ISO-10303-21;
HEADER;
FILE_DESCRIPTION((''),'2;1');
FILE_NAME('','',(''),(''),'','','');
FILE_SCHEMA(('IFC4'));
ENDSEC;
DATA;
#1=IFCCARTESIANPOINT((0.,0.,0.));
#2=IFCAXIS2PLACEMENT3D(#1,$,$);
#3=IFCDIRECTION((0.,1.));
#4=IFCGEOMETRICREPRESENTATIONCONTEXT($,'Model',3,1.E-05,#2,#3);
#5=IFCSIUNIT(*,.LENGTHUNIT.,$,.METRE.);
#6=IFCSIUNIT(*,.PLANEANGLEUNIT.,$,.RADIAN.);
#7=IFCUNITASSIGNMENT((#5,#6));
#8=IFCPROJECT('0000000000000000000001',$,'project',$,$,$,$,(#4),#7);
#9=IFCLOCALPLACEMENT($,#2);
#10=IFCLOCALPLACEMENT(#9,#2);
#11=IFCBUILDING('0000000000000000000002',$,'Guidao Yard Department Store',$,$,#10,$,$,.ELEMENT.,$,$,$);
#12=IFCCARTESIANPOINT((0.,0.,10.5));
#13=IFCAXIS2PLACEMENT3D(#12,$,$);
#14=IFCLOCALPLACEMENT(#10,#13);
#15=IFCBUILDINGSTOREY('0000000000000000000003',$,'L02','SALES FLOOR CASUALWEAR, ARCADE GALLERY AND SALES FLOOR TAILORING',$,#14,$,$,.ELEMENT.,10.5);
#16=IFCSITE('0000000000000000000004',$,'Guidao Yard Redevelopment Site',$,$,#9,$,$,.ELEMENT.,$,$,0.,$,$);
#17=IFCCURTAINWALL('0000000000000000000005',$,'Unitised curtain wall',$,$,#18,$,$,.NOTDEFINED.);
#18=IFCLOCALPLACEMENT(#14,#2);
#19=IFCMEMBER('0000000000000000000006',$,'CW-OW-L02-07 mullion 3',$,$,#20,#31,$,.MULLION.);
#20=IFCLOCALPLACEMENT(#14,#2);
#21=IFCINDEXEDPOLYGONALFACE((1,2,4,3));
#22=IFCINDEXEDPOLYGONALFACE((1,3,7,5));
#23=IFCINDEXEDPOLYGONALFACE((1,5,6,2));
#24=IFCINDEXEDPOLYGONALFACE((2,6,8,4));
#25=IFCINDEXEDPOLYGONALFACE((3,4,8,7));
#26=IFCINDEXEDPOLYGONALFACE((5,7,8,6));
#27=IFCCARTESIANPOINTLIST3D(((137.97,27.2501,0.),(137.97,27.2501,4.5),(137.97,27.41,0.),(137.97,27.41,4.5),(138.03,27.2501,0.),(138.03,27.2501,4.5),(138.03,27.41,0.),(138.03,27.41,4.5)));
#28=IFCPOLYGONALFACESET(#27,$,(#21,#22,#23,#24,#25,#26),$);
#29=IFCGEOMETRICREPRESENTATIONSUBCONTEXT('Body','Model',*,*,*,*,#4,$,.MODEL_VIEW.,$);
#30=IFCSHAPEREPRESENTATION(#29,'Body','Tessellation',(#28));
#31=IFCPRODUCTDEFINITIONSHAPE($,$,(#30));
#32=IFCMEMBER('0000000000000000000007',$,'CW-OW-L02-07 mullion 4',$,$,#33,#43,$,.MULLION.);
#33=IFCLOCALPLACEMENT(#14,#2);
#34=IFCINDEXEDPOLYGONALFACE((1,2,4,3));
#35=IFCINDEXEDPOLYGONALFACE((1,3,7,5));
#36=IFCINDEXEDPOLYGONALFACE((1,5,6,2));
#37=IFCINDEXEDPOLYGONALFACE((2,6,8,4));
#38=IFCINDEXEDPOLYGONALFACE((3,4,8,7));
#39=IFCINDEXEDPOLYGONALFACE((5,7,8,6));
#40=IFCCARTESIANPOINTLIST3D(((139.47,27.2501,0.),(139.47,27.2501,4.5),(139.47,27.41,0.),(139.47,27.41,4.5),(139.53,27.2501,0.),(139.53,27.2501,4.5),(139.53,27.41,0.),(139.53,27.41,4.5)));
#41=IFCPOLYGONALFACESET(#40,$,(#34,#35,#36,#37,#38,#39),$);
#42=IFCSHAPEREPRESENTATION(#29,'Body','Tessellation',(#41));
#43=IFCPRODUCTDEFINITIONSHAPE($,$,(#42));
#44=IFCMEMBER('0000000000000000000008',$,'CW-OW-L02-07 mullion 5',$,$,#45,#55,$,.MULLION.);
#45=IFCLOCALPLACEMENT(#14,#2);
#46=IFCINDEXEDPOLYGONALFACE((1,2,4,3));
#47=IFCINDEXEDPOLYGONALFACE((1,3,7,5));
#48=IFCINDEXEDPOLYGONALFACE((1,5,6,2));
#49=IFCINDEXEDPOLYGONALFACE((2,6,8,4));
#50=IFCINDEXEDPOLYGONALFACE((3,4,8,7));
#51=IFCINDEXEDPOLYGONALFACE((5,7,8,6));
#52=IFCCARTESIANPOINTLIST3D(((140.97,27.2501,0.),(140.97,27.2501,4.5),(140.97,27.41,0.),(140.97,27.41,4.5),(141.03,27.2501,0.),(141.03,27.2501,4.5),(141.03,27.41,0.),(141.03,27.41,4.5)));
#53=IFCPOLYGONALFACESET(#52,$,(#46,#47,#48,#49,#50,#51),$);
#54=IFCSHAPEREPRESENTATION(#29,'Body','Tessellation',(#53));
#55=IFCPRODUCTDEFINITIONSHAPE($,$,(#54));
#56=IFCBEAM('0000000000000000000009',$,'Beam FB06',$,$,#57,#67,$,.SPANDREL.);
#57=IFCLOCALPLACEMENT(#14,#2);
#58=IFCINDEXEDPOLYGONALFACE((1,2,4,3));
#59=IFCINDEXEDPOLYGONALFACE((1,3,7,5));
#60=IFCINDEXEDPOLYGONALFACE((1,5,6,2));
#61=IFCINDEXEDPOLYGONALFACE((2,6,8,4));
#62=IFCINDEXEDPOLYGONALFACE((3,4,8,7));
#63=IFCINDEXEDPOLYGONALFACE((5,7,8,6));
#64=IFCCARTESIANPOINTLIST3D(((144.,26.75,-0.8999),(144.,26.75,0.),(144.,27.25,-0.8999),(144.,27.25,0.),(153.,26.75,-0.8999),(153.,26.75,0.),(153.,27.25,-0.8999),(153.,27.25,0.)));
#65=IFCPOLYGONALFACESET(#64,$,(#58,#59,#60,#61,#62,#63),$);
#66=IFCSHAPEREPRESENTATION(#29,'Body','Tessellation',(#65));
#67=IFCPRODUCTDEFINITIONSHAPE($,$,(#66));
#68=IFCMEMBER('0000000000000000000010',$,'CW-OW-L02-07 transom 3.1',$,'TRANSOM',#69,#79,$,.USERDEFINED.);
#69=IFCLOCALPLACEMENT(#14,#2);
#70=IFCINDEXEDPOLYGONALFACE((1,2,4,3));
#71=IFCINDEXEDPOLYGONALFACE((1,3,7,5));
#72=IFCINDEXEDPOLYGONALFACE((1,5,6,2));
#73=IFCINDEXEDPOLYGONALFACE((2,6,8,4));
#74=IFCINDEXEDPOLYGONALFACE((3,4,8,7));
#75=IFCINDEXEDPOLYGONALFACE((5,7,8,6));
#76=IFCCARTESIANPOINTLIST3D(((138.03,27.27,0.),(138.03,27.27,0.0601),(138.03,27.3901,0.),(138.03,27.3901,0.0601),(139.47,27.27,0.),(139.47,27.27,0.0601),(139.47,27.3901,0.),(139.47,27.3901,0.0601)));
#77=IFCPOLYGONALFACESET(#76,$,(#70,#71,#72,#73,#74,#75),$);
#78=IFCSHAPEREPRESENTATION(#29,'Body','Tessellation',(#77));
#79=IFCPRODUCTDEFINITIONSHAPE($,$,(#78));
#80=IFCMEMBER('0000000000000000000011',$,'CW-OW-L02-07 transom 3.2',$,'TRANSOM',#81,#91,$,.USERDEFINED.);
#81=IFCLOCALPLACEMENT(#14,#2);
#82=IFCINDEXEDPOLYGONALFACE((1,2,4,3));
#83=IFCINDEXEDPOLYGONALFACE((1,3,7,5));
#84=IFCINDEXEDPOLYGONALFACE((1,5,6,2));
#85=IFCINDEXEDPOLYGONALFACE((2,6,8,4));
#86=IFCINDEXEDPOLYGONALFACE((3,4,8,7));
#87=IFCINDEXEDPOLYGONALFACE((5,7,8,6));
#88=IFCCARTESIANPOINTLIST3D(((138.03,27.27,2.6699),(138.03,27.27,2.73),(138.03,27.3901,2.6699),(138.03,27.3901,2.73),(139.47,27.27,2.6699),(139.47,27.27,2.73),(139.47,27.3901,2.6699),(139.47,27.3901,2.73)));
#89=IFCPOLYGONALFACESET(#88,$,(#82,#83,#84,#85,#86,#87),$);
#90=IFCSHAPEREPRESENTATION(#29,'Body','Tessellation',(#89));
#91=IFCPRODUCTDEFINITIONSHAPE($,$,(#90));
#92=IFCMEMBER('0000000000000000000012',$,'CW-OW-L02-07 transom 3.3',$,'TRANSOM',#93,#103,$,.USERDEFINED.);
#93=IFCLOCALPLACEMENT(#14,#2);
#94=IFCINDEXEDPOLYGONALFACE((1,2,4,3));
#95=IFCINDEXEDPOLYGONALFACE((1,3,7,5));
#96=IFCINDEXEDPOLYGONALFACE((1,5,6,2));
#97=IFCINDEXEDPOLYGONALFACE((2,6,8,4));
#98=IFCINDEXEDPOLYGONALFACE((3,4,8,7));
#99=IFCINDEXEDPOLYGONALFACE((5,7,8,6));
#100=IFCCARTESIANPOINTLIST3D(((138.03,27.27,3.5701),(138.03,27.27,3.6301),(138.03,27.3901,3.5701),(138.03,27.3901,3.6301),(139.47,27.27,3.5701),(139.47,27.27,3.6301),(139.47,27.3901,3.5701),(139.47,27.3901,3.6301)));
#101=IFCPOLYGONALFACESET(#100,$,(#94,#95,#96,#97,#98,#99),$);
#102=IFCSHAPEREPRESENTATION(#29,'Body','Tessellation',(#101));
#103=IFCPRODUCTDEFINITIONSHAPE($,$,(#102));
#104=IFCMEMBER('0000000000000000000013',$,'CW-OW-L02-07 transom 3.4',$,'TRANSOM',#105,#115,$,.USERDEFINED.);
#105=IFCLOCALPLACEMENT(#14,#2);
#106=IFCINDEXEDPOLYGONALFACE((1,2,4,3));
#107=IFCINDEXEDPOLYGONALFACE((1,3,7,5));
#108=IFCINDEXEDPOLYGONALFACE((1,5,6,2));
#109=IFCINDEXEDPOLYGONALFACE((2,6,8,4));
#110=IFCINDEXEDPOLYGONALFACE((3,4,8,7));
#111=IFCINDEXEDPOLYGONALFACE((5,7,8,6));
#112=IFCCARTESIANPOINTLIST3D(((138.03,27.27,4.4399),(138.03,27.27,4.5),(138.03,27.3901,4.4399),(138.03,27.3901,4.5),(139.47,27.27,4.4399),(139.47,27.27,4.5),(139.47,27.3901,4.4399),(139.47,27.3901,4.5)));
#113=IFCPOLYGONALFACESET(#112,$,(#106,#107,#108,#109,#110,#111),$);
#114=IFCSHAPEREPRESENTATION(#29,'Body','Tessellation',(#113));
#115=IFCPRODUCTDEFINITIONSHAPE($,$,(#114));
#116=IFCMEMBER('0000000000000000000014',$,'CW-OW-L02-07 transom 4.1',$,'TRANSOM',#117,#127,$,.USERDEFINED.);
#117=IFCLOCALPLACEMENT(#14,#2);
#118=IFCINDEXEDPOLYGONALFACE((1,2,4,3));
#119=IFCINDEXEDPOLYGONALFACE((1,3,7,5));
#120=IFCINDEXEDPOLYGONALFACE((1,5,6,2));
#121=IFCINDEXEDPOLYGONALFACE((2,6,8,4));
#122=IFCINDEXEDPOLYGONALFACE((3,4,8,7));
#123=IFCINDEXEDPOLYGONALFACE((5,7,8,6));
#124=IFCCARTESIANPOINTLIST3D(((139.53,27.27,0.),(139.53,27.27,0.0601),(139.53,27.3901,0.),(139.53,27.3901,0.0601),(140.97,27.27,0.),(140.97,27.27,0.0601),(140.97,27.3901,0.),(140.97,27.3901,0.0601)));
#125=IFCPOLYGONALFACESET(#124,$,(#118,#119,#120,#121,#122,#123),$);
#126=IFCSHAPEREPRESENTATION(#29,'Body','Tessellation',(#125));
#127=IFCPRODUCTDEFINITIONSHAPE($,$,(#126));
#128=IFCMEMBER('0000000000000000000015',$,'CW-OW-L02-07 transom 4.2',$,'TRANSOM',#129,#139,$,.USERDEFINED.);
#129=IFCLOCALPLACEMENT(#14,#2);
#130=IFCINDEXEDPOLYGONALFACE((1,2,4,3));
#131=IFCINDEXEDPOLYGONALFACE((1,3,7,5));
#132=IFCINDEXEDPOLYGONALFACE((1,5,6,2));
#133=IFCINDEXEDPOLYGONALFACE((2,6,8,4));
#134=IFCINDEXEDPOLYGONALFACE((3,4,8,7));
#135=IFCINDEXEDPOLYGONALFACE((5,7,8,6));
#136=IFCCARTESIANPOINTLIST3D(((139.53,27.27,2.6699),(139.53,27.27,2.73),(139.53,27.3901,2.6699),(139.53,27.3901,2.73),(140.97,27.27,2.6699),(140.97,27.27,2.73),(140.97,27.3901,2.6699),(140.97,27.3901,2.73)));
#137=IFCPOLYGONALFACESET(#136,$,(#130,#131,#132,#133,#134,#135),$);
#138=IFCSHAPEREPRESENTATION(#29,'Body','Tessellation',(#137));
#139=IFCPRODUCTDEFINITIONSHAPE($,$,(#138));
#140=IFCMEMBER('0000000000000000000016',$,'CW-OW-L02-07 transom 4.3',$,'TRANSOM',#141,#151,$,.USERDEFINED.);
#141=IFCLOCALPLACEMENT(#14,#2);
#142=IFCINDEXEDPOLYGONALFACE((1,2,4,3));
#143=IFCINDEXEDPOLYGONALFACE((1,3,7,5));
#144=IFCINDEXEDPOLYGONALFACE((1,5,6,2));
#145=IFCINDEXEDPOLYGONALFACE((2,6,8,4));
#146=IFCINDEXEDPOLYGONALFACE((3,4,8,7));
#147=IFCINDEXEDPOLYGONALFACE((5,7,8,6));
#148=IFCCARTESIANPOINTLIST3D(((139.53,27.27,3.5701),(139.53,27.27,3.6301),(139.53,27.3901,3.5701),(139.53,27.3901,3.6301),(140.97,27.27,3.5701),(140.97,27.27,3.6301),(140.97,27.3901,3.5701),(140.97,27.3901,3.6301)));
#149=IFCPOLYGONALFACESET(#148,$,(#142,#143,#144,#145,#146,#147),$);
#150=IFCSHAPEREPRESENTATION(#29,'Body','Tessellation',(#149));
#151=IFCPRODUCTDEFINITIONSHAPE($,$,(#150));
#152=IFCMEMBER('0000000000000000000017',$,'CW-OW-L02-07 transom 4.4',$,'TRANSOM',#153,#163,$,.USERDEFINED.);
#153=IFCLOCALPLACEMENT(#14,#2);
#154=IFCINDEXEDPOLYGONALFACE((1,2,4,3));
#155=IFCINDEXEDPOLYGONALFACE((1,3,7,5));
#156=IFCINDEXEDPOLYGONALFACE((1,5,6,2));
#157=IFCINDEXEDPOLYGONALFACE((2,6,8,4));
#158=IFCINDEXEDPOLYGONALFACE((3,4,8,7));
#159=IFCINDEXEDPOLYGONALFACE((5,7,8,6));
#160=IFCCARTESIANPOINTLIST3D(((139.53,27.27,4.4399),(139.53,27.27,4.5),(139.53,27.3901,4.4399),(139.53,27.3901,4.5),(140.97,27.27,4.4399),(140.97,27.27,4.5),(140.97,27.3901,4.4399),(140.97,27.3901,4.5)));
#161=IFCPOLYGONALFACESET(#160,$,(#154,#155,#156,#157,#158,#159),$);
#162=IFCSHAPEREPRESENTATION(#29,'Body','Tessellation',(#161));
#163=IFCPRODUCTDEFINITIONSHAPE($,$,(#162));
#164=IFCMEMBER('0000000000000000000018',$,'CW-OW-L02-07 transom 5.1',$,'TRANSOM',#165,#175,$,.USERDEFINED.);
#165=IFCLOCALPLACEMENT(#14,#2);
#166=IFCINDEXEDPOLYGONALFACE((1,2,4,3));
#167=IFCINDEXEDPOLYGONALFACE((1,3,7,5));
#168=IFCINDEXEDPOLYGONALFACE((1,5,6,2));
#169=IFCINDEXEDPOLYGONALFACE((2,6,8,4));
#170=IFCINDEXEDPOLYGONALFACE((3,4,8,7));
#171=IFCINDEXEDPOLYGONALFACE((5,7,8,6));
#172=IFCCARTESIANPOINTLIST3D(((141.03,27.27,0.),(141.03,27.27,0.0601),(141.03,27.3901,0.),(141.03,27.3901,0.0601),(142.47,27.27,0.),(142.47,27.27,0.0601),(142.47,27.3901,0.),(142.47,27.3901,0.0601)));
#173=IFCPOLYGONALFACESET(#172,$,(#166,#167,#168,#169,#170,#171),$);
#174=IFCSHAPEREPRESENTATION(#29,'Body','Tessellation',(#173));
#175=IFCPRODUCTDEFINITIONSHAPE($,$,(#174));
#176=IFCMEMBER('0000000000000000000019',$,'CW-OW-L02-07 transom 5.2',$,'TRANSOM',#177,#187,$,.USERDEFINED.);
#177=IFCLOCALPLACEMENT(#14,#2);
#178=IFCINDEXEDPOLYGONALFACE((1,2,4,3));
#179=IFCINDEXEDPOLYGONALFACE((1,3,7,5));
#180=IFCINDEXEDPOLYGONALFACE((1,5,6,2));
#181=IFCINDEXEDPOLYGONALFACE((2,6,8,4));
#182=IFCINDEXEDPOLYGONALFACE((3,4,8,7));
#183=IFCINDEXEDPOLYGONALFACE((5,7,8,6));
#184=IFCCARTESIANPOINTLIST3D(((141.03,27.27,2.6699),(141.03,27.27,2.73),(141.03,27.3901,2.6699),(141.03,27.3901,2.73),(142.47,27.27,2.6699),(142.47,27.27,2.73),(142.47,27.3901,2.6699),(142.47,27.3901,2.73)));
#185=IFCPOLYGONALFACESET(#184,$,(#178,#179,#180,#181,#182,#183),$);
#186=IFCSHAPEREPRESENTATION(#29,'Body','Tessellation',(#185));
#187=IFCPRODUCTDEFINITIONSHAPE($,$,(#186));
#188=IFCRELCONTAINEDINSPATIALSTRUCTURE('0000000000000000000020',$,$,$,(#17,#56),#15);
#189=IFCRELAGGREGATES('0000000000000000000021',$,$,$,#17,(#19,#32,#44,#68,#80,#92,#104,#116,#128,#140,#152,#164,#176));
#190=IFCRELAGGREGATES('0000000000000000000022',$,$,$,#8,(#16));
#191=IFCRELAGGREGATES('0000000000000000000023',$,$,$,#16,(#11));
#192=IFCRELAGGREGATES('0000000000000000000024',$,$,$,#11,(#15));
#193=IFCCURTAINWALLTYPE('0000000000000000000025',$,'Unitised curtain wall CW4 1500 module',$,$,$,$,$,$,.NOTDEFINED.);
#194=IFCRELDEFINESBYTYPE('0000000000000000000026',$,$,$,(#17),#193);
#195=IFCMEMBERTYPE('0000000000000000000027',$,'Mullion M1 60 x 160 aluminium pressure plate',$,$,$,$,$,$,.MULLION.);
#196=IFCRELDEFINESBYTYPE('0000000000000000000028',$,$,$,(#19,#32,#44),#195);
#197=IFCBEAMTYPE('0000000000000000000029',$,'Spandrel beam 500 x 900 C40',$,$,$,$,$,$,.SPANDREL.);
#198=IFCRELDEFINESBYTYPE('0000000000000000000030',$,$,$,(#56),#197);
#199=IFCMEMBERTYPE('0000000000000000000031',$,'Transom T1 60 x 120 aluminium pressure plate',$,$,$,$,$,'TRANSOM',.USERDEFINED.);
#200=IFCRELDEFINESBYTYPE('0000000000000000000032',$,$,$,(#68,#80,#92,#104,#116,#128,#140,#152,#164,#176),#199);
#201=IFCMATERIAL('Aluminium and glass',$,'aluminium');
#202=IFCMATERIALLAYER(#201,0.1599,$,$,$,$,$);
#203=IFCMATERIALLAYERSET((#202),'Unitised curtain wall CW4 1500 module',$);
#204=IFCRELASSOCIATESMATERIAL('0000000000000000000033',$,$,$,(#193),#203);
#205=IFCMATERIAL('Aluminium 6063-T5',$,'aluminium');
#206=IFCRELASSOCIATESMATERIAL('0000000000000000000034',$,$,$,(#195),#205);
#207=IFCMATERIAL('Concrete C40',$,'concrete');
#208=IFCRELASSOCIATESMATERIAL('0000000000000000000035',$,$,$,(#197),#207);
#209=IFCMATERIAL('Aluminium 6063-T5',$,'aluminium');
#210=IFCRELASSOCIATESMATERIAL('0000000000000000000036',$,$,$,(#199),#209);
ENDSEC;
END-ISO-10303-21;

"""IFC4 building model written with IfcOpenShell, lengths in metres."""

from ifc_helpers import new_model, si_unit, direction, frame, origin, origin_2d, place, context, subcontext, project, spatial, rectangle, extrude, material, layer, layer_set, material_profile, profile_set, type_object, element, aggregate, save


model = new_model("IFC4")

# Units and contexts
model_context = context("Model", 3, precision=1e-05, world=origin(), true_north=direction((0.0, 1.0)))
body_context = subcontext(model_context, "Body", "Model", "MODEL_VIEW")
ifc_project = project(units=[si_unit("LENGTHUNIT", "METRE"), si_unit("PLANEANGLEUNIT", "RADIAN")], contexts=[model_context])

# Site, building, storey
site_placement = place(None, origin())
site = spatial("IfcSite", under=ifc_project, at=site_placement, Name="Guidao Yard Redevelopment Site", CompositionType="ELEMENT", RefElevation=0.0)
building_placement = place(site_placement, origin())
building = spatial("IfcBuilding", under=site, at=building_placement, Name="Guidao Yard Department Store", CompositionType="ELEMENT")
storey_placement = place(building_placement, frame((0.0, 0.0, 10.5)))
storey = spatial("IfcBuildingStorey", under=building, at=storey_placement, Name="L02", Description="SALES FLOOR CASUALWEAR, ARCADE GALLERY AND SALES FLOOR TAILORING", CompositionType="ELEMENT", Elevation=10.5)

# Curtain wall, members
ifc_material_1 = material(Name="Aluminium and glass", Category="aluminium")
ifc_layer_1 = layer(ifc_material_1, 0.1599)
ifc_layer_set_1 = layer_set([ifc_layer_1], Name="Unitised curtain wall CW4 1500 module")
curtain_wall_type = type_object("IfcCurtainWallType", Name="Unitised curtain wall CW4 1500 module", PredefinedType="NOTDEFINED", material=ifc_layer_set_1)
curtain_wall_placement = place(storey_placement, origin())
curtain_wall = element("IfcCurtainWall", 1, at=curtain_wall_placement, inside=storey, type_object=curtain_wall_type, Name="Unitised curtain wall", PredefinedType="NOTDEFINED")
ifc_material_2 = material(Name="Aluminium 6063-T5", Category="aluminium")
ifc_material_profile_1 = material_profile(ifc_material_2, rectangle(XDim=0.0601, YDim=0.1599, at=origin_2d()), Name="Mullion M1 60 x 160 aluminium pressure plate")
ifc_profile_set_1 = profile_set([ifc_material_profile_1], Name="Aluminium 6063-T5")
member_type_1 = type_object("IfcMemberType", Name="Mullion M1 60 x 160 aluminium pressure plate", PredefinedType="MULLION", material=ifc_profile_set_1)
member_1_placement = place(storey_placement, frame((138.0, 27.3301, 0.0), z_axis=(0.0, 0.0, 1.0), x_axis=(1.0, 0.0, 0.0)))
member_1 = element("IfcMember", 2, at=member_1_placement, type_object=member_type_1, Name="CW-OW-L02-07 mullion 3", PredefinedType="MULLION", context=body_context, shape_type="SweptSolid", body=[
    extrude(rectangle(XDim=0.0601, YDim=0.1599, at=origin_2d()), origin(), (0.0, 0.0, 1.0), 4.5),
])
member_2_placement = place(storey_placement, frame((139.5, 27.3301, 0.0), z_axis=(0.0, 0.0, 1.0), x_axis=(1.0, 0.0, 0.0)))
member_2 = element("IfcMember", 3, at=member_2_placement, type_object=member_type_1, Name="CW-OW-L02-07 mullion 4", PredefinedType="MULLION", context=body_context, shape_type="SweptSolid", body=[
    extrude(rectangle(XDim=0.0601, YDim=0.1599, at=origin_2d()), origin(), (0.0, 0.0, 1.0), 4.5),
])
member_3_placement = place(storey_placement, frame((141.0, 27.3301, 0.0), z_axis=(0.0, 0.0, 1.0), x_axis=(1.0, 0.0, 0.0)))
member_3 = element("IfcMember", 4, at=member_3_placement, type_object=member_type_1, Name="CW-OW-L02-07 mullion 5", PredefinedType="MULLION", context=body_context, shape_type="SweptSolid", body=[
    extrude(rectangle(XDim=0.0601, YDim=0.1599, at=origin_2d()), origin(), (0.0, 0.0, 1.0), 4.5),
])

# Beam
ifc_material_3 = material(Name="Concrete C40", Category="concrete")
ifc_material_profile_2 = material_profile(ifc_material_3, rectangle(XDim=0.5, YDim=0.8999, at=origin_2d()), Name="Spandrel beam 500 x 900 C40")
ifc_profile_set_2 = profile_set([ifc_material_profile_2], Name="Concrete C40")
beam_type = type_object("IfcBeamType", Name="Spandrel beam 500 x 900 C40", PredefinedType="SPANDREL", material=ifc_profile_set_2)
beam_placement = place(storey_placement, frame((144.0, 27.0, -0.45), z_axis=(1.0, 0.0, 0.0), x_axis=(0.0, 1.0, 0.0)))
element("IfcBeam", 5, at=beam_placement, inside=storey, type_object=beam_type, Name="Beam FB06", PredefinedType="SPANDREL", context=body_context, shape_type="SweptSolid", body=[
    extrude(rectangle(XDim=0.5, YDim=0.8999, at=origin_2d()), origin(), (0.0, 0.0, 1.0), 9.0),
])

# Members
ifc_material_4 = material(Name="Aluminium 6063-T5", Category="aluminium")
ifc_material_profile_3 = material_profile(ifc_material_4, rectangle(XDim=0.1201, YDim=0.0601, at=origin_2d()), Name="Transom T1 60 x 120 aluminium pressure plate")
ifc_profile_set_3 = profile_set([ifc_material_profile_3], Name="Aluminium 6063-T5")
member_type_2 = type_object("IfcMemberType", Name="Transom T1 60 x 120 aluminium pressure plate", ElementType="TRANSOM", PredefinedType="USERDEFINED", material=ifc_profile_set_3)
member_4_placement = place(storey_placement, frame((138.03, 27.3301, 0.03), z_axis=(1.0, 0.0, 0.0), x_axis=(0.0, 1.0, 0.0)))
member_4 = element("IfcMember", 6, at=member_4_placement, type_object=member_type_2, Name="CW-OW-L02-07 transom 3.1", ObjectType="TRANSOM", PredefinedType="USERDEFINED", context=body_context, shape_type="SweptSolid", body=[
    extrude(rectangle(XDim=0.1201, YDim=0.0601, at=origin_2d()), origin(), (0.0, 0.0, 1.0), 1.4399),
])
member_5_placement = place(storey_placement, frame((138.03, 27.3301, 2.7), z_axis=(1.0, 0.0, 0.0), x_axis=(0.0, 1.0, 0.0)))
member_5 = element("IfcMember", 7, at=member_5_placement, type_object=member_type_2, Name="CW-OW-L02-07 transom 3.2", ObjectType="TRANSOM", PredefinedType="USERDEFINED", context=body_context, shape_type="SweptSolid", body=[
    extrude(rectangle(XDim=0.1201, YDim=0.0601, at=origin_2d()), origin(), (0.0, 0.0, 1.0), 1.4399),
])
member_6_placement = place(storey_placement, frame((138.03, 27.3301, 3.6001), z_axis=(1.0, 0.0, 0.0), x_axis=(0.0, 1.0, 0.0)))
member_6 = element("IfcMember", 8, at=member_6_placement, type_object=member_type_2, Name="CW-OW-L02-07 transom 3.3", ObjectType="TRANSOM", PredefinedType="USERDEFINED", context=body_context, shape_type="SweptSolid", body=[
    extrude(rectangle(XDim=0.1201, YDim=0.0601, at=origin_2d()), origin(), (0.0, 0.0, 1.0), 1.4399),
])
member_7_placement = place(storey_placement, frame((138.03, 27.3301, 4.47), z_axis=(1.0, 0.0, 0.0), x_axis=(0.0, 1.0, 0.0)))
member_7 = element("IfcMember", 9, at=member_7_placement, type_object=member_type_2, Name="CW-OW-L02-07 transom 3.4", ObjectType="TRANSOM", PredefinedType="USERDEFINED", context=body_context, shape_type="SweptSolid", body=[
    extrude(rectangle(XDim=0.1201, YDim=0.0601, at=origin_2d()), origin(), (0.0, 0.0, 1.0), 1.4399),
])
member_8_placement = place(storey_placement, frame((139.53, 27.3301, 0.03), z_axis=(1.0, 0.0, 0.0), x_axis=(0.0, 1.0, 0.0)))
member_8 = element("IfcMember", 10, at=member_8_placement, type_object=member_type_2, Name="CW-OW-L02-07 transom 4.1", ObjectType="TRANSOM", PredefinedType="USERDEFINED", context=body_context, shape_type="SweptSolid", body=[
    extrude(rectangle(XDim=0.1201, YDim=0.0601, at=origin_2d()), origin(), (0.0, 0.0, 1.0), 1.4399),
])
member_9_placement = place(storey_placement, frame((139.53, 27.3301, 2.7), z_axis=(1.0, 0.0, 0.0), x_axis=(0.0, 1.0, 0.0)))
member_9 = element("IfcMember", 11, at=member_9_placement, type_object=member_type_2, Name="CW-OW-L02-07 transom 4.2", ObjectType="TRANSOM", PredefinedType="USERDEFINED", context=body_context, shape_type="SweptSolid", body=[
    extrude(rectangle(XDim=0.1201, YDim=0.0601, at=origin_2d()), origin(), (0.0, 0.0, 1.0), 1.4399),
])
member_10_placement = place(storey_placement, frame((139.53, 27.3301, 3.6001), z_axis=(1.0, 0.0, 0.0), x_axis=(0.0, 1.0, 0.0)))
member_10 = element("IfcMember", 12, at=member_10_placement, type_object=member_type_2, Name="CW-OW-L02-07 transom 4.3", ObjectType="TRANSOM", PredefinedType="USERDEFINED", context=body_context, shape_type="SweptSolid", body=[
    extrude(rectangle(XDim=0.1201, YDim=0.0601, at=origin_2d()), origin(), (0.0, 0.0, 1.0), 1.4399),
])
member_11_placement = place(storey_placement, frame((139.53, 27.3301, 4.47), z_axis=(1.0, 0.0, 0.0), x_axis=(0.0, 1.0, 0.0)))
member_11 = element("IfcMember", 13, at=member_11_placement, type_object=member_type_2, Name="CW-OW-L02-07 transom 4.4", ObjectType="TRANSOM", PredefinedType="USERDEFINED", context=body_context, shape_type="SweptSolid", body=[
    extrude(rectangle(XDim=0.1201, YDim=0.0601, at=origin_2d()), origin(), (0.0, 0.0, 1.0), 1.4399),
])
member_12_placement = place(storey_placement, frame((141.03, 27.3301, 0.03), z_axis=(1.0, 0.0, 0.0), x_axis=(0.0, 1.0, 0.0)))
member_12 = element("IfcMember", 14, at=member_12_placement, type_object=member_type_2, Name="CW-OW-L02-07 transom 5.1", ObjectType="TRANSOM", PredefinedType="USERDEFINED", context=body_context, shape_type="SweptSolid", body=[
    extrude(rectangle(XDim=0.1201, YDim=0.0601, at=origin_2d()), origin(), (0.0, 0.0, 1.0), 1.4399),
])
member_13_placement = place(storey_placement, frame((141.03, 27.3301, 2.7), z_axis=(1.0, 0.0, 0.0), x_axis=(0.0, 1.0, 0.0)))
member_13 = element("IfcMember", 15, at=member_13_placement, type_object=member_type_2, Name="CW-OW-L02-07 transom 5.2", ObjectType="TRANSOM", PredefinedType="USERDEFINED", context=body_context, shape_type="SweptSolid", body=[
    extrude(rectangle(XDim=0.1201, YDim=0.0601, at=origin_2d()), origin(), (0.0, 0.0, 1.0), 1.4399),
])

aggregate(curtain_wall, [member_1, member_2, member_3, member_4, member_5, member_6, member_7, member_8, member_9, member_10, member_11, member_12, member_13])

save(model, "model.ifc")
